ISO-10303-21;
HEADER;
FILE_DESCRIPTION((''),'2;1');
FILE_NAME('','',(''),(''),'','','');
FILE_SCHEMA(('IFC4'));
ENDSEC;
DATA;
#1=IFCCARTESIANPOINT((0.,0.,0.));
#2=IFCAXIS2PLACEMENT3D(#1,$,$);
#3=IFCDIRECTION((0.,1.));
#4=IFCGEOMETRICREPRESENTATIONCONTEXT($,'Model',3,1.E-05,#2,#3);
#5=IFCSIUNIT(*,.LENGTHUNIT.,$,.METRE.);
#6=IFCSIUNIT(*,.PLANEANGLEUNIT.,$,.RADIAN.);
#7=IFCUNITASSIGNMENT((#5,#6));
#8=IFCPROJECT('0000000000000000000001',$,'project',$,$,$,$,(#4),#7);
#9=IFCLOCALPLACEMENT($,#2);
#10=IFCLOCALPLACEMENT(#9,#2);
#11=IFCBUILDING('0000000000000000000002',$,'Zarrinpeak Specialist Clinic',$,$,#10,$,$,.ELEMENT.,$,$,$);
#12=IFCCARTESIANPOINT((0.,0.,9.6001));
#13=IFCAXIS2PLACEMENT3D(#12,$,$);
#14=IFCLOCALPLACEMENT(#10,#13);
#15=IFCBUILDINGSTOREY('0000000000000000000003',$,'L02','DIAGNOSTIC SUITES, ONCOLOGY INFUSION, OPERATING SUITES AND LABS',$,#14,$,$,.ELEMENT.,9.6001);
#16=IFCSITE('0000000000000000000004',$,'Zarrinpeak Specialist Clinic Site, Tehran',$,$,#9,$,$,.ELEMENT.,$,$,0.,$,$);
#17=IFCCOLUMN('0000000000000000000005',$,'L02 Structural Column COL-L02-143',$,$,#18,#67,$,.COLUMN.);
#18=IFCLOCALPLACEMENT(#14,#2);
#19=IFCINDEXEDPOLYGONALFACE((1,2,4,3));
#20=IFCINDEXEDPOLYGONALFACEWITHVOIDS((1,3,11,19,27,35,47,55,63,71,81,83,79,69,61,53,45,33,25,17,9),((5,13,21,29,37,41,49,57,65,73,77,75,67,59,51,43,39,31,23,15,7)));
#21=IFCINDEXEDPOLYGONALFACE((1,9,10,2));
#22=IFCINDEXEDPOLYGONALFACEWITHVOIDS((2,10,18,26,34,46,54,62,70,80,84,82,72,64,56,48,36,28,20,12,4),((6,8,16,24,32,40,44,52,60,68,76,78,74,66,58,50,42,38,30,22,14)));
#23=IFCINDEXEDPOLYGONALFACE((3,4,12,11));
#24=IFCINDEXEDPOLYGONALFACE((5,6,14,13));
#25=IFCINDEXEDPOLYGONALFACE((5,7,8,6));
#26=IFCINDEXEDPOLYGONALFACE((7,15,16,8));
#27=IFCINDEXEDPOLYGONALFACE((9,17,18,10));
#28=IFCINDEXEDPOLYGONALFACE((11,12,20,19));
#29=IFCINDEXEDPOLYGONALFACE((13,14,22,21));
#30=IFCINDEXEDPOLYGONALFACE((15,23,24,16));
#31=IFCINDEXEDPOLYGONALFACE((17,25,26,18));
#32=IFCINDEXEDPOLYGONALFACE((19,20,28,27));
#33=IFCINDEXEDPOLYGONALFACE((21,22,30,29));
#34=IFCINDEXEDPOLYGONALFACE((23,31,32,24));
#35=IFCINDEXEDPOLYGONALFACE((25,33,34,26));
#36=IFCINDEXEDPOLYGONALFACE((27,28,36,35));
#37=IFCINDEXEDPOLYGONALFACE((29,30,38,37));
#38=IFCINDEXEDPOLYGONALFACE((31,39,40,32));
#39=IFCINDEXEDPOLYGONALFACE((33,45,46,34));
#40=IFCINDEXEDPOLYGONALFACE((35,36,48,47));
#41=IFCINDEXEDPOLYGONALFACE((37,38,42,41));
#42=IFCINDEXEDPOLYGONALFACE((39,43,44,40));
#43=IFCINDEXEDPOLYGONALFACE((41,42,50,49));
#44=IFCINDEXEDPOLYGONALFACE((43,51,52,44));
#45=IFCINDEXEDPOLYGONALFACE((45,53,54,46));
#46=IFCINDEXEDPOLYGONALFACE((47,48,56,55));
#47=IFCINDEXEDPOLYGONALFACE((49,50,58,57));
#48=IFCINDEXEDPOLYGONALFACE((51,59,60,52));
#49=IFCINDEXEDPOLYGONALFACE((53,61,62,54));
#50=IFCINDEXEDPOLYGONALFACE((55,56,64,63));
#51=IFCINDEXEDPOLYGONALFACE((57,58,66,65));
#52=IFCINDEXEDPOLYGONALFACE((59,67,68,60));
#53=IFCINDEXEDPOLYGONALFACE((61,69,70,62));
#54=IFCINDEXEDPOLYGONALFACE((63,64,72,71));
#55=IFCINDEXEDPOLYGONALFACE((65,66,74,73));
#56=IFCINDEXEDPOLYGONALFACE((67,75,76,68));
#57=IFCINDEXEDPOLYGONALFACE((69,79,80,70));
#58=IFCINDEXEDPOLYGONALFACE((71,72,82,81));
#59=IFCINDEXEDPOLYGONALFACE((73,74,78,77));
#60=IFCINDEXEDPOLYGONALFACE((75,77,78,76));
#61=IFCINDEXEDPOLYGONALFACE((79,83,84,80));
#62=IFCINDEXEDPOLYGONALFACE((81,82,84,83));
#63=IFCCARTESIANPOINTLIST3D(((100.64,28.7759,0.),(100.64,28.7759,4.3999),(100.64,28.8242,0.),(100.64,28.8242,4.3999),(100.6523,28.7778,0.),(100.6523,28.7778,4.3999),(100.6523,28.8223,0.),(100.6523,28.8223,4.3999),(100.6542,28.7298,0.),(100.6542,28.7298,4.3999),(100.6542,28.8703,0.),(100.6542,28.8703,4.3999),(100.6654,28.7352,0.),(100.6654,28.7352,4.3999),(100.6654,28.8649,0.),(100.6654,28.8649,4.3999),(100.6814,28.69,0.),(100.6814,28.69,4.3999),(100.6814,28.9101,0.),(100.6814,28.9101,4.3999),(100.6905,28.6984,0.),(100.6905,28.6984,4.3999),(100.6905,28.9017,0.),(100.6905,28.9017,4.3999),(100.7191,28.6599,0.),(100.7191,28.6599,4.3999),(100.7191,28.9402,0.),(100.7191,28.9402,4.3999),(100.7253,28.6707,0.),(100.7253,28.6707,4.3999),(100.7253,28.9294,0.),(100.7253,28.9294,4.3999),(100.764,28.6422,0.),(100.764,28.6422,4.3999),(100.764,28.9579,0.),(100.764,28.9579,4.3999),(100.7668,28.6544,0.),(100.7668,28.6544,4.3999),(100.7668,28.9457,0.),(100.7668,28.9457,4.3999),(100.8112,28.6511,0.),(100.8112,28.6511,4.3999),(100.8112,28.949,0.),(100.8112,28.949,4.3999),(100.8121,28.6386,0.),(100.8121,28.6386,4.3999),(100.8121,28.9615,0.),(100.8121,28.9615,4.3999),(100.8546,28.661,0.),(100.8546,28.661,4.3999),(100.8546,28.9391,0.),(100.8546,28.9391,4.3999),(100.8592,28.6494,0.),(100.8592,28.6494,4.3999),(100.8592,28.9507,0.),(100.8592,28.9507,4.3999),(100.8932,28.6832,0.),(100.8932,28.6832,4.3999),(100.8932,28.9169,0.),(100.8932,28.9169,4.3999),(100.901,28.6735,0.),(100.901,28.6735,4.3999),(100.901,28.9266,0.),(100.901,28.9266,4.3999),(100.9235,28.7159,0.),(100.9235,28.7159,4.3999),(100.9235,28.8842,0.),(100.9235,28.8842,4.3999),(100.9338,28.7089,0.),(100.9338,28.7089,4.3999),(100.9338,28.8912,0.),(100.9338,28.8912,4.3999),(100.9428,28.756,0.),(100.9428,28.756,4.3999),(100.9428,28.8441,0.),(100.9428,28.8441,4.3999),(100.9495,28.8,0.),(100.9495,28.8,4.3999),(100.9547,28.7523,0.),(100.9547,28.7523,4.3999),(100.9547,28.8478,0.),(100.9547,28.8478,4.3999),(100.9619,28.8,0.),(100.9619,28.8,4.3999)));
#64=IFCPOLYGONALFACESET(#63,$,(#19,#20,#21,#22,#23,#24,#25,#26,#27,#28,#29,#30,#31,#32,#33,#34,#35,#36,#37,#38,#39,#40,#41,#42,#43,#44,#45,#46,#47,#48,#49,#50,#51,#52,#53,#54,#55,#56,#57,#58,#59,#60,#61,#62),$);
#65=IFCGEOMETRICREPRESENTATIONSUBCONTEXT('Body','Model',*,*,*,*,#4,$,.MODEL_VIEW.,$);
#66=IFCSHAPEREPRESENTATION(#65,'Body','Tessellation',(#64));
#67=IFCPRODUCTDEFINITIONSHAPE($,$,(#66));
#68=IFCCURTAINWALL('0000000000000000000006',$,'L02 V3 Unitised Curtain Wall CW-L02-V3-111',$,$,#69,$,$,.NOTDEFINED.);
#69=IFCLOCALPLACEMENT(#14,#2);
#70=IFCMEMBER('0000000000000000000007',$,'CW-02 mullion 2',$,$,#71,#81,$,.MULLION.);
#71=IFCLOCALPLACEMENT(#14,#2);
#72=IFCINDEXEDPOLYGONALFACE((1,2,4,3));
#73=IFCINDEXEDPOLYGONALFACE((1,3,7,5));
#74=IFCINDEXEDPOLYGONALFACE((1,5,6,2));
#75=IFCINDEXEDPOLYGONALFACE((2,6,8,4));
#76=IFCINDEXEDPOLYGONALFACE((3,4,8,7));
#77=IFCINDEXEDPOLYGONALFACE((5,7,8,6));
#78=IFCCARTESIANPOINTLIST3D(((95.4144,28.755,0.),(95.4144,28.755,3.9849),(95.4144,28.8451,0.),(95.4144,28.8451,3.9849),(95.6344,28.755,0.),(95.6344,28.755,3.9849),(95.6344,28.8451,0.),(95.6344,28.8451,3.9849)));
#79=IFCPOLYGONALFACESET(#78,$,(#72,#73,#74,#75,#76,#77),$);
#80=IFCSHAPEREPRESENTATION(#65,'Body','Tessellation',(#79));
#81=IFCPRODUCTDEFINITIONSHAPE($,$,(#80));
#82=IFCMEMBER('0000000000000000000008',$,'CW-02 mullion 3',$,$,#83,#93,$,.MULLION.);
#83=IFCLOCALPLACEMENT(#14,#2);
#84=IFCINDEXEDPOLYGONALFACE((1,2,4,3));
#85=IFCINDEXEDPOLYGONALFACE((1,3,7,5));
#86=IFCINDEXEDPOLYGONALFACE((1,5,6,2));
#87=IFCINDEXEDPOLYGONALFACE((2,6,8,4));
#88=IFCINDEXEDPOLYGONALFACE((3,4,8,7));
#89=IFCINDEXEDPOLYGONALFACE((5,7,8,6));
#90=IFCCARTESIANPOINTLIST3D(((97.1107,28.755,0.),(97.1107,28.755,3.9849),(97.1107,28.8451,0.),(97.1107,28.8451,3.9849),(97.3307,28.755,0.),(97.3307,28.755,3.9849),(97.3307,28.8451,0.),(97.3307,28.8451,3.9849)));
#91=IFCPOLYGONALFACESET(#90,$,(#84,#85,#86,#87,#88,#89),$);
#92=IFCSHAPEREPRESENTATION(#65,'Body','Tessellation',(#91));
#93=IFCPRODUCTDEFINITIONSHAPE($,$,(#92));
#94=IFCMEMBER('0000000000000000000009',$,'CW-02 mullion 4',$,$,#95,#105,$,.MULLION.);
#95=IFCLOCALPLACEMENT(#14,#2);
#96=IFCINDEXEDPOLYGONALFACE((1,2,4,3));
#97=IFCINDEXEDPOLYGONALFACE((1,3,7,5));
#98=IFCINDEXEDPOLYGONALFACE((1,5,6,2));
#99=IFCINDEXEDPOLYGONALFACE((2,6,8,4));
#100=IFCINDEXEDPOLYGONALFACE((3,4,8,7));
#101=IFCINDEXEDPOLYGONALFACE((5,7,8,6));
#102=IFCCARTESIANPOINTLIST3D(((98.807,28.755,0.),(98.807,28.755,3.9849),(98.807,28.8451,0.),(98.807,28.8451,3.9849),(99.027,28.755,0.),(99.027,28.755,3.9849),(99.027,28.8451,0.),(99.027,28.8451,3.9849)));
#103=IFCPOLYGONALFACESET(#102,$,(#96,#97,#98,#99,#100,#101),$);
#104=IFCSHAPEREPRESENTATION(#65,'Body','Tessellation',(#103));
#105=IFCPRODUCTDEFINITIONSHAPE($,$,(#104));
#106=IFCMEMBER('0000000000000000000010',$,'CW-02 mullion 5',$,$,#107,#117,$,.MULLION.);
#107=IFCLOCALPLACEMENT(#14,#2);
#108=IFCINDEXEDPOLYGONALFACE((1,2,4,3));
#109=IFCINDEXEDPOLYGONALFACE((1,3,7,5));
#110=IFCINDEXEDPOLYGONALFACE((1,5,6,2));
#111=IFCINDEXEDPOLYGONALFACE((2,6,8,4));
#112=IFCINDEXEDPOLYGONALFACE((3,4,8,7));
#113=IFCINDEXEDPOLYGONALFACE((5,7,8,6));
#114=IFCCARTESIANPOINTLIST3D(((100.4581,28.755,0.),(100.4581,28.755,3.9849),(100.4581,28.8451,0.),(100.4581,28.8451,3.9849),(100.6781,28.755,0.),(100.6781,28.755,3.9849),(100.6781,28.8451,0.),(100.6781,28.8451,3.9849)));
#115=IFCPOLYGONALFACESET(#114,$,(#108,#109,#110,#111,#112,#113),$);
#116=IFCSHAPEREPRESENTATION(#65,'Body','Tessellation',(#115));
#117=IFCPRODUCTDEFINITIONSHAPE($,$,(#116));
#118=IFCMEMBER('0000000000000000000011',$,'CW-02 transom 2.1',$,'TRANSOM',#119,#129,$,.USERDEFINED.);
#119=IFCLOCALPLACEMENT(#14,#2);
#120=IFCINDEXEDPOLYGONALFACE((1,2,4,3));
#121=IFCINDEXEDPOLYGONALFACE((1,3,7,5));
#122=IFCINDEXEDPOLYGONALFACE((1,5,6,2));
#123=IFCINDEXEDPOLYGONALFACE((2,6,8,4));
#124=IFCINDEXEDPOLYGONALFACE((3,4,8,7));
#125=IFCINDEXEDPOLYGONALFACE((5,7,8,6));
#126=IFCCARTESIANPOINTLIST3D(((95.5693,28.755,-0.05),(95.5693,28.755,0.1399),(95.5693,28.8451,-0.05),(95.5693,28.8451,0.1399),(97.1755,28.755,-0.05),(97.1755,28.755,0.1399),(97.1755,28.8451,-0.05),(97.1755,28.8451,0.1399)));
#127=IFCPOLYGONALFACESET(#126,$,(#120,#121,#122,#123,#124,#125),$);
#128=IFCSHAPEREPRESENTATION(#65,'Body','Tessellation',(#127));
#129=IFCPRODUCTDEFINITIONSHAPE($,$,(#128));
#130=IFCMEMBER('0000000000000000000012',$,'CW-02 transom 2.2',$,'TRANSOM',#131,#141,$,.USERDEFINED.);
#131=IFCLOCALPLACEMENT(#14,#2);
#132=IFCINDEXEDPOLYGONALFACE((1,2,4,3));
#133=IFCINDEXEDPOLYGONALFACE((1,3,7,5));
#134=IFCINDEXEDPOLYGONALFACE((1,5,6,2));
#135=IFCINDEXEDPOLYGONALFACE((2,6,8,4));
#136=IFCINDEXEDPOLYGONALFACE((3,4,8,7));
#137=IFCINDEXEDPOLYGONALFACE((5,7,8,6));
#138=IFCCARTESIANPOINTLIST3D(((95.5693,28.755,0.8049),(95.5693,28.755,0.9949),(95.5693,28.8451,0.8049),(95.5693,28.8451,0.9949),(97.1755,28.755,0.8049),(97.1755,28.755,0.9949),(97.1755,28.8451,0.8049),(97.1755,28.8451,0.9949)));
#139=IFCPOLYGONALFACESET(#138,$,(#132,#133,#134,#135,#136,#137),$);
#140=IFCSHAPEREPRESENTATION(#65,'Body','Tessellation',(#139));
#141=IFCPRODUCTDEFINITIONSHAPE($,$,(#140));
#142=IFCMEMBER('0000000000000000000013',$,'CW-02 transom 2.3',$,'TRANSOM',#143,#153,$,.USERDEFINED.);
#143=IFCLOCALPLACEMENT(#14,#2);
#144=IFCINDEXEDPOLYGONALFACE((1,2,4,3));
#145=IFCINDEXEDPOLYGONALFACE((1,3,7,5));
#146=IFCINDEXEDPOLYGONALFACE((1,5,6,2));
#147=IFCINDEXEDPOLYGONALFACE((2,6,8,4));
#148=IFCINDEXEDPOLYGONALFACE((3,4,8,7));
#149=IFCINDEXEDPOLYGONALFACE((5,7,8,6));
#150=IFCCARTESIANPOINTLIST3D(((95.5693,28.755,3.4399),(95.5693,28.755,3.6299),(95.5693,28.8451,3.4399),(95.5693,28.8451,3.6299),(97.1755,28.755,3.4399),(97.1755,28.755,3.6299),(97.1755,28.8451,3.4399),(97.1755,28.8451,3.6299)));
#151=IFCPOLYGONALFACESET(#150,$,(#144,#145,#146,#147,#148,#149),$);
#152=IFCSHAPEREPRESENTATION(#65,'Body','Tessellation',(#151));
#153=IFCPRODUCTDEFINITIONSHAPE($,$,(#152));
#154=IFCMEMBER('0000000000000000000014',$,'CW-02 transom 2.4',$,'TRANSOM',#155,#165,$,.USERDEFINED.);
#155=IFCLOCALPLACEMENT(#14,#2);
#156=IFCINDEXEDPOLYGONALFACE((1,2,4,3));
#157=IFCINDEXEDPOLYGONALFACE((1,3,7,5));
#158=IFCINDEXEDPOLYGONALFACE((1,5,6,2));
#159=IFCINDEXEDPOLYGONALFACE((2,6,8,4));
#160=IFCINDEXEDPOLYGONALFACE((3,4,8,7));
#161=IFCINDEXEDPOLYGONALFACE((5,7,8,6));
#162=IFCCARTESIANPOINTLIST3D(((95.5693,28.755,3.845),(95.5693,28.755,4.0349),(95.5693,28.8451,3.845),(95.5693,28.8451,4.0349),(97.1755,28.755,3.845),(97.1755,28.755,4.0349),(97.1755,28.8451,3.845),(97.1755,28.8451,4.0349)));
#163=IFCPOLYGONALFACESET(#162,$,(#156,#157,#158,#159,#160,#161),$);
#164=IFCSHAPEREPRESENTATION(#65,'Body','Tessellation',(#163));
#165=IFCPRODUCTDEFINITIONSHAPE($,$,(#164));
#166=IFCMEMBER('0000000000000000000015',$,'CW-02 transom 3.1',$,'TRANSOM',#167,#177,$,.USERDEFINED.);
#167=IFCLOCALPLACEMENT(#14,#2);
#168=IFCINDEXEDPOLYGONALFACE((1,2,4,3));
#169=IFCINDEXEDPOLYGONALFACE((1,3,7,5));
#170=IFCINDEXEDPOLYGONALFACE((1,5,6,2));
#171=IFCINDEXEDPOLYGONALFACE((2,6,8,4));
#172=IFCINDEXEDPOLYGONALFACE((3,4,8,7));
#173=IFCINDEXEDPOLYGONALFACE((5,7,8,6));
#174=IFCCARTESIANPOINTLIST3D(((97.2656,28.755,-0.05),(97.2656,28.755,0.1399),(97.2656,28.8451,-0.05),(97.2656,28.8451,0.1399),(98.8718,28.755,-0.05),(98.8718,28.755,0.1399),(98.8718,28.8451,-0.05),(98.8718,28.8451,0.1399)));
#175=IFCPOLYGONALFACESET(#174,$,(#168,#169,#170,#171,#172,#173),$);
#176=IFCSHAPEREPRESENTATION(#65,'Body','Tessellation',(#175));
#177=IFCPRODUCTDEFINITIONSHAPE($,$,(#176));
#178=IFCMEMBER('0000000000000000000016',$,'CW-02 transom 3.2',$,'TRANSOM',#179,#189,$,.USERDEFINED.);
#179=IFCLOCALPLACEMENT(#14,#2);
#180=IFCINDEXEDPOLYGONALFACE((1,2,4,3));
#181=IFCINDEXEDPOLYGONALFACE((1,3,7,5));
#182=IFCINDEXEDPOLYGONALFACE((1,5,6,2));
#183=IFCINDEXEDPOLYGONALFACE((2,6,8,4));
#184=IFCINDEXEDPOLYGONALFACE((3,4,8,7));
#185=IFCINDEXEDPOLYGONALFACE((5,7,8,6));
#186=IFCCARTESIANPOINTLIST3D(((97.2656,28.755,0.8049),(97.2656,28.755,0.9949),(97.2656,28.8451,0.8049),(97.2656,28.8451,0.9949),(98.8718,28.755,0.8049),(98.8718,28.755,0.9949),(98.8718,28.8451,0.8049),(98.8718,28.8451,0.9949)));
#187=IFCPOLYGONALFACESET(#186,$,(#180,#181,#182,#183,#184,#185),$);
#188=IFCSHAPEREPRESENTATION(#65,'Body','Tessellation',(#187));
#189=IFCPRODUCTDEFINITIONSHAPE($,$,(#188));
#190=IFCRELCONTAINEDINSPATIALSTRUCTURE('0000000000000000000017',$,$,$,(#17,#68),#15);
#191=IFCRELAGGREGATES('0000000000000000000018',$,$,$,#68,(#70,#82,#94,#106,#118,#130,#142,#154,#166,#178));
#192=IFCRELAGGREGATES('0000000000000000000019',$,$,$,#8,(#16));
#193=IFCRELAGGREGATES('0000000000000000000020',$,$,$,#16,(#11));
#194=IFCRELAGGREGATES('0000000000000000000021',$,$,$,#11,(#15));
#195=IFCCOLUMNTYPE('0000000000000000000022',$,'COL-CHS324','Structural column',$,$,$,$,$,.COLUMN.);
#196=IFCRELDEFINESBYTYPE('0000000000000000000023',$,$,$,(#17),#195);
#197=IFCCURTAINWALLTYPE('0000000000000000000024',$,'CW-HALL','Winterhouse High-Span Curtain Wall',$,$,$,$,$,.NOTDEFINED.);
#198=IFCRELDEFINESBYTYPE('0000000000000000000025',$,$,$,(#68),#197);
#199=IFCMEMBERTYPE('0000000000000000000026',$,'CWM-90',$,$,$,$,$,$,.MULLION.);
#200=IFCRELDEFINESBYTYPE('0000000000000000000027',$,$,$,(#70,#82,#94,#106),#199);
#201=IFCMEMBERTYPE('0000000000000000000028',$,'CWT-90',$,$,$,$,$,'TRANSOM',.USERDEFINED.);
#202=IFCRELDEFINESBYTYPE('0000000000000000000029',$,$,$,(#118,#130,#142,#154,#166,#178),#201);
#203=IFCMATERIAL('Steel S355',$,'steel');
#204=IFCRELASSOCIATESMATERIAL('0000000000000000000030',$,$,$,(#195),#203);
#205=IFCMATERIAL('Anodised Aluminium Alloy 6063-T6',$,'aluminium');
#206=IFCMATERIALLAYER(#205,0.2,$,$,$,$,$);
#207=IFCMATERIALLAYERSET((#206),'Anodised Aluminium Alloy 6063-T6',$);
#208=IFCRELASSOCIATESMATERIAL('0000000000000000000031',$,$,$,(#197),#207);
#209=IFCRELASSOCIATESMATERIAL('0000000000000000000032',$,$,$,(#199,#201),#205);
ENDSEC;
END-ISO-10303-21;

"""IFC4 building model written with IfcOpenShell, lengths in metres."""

from ifc_helpers import new_model, si_unit, direction, frame, origin, origin_2d, place, context, subcontext, project, spatial, rectangle, hollow_circle, extrude, material, layer, layer_set, material_profile, profile_set, type_object, element, aggregate, save


model = new_model("IFC4")

# Units and contexts
model_context = context("Model", 3, precision=1e-05, world=origin(), true_north=direction((0.0, 1.0)))
body_context = subcontext(model_context, "Body", "Model", "MODEL_VIEW")
ifc_project = project(units=[si_unit("LENGTHUNIT", "METRE"), si_unit("PLANEANGLEUNIT", "RADIAN")], contexts=[model_context])

# Site, building, storey
site_placement = place(None, origin())
site = spatial("IfcSite", under=ifc_project, at=site_placement, Name="Zarrinpeak Specialist Clinic Site, Tehran", CompositionType="ELEMENT", RefElevation=0.0)
building_placement = place(site_placement, origin())
building = spatial("IfcBuilding", under=site, at=building_placement, Name="Zarrinpeak Specialist Clinic", CompositionType="ELEMENT")
storey_placement = place(building_placement, frame((0.0, 0.0, 9.6001)))
storey = spatial("IfcBuildingStorey", under=building, at=storey_placement, Name="L02", Description="DIAGNOSTIC SUITES, ONCOLOGY INFUSION, OPERATING SUITES AND LABS", CompositionType="ELEMENT", Elevation=9.6001)

# Column
ifc_material_1 = material(Name="Steel S355", Category="steel")
ifc_material_profile_1 = material_profile(ifc_material_1, hollow_circle(Radius=0.1619, WallThickness=0.0125, at=origin_2d()), Name="CHS 323.9x12.5")
ifc_profile_set_1 = profile_set([ifc_material_profile_1], Name="Steel S355")
column_type = type_object("IfcColumnType", Name="COL-CHS324", Description="Structural column", PredefinedType="COLUMN", material=ifc_profile_set_1)
column_placement = place(storey_placement, frame((100.8, 28.8, 0.0), z_axis=(0.0, 0.0, 1.0), x_axis=(1.0, 0.0, 0.0)))
element("IfcColumn", 1, at=column_placement, inside=storey, type_object=column_type, Name="L02 Structural Column COL-L02-143", PredefinedType="COLUMN", context=body_context, shape_type="SweptSolid", body=[
    extrude(hollow_circle(Radius=0.1619, WallThickness=0.0125, at=origin_2d()), origin(), (0.0, 0.0, 1.0), 4.3999),
])

# Curtain wall, members
ifc_material_2 = material(Name="Anodised Aluminium Alloy 6063-T6", Category="aluminium")
ifc_layer_1 = layer(ifc_material_2, 0.2)
ifc_layer_set_1 = layer_set([ifc_layer_1], Name="Anodised Aluminium Alloy 6063-T6")
curtain_wall_type = type_object("IfcCurtainWallType", Name="CW-HALL", Description="Winterhouse High-Span Curtain Wall", PredefinedType="NOTDEFINED", material=ifc_layer_set_1)
curtain_wall_placement = place(storey_placement, origin())
curtain_wall = element("IfcCurtainWall", 2, at=curtain_wall_placement, inside=storey, type_object=curtain_wall_type, Name="L02 V3 Unitised Curtain Wall CW-L02-V3-111", PredefinedType="NOTDEFINED")
ifc_material_profile_2 = material_profile(ifc_material_2, rectangle(XDim=0.0901, YDim=0.22, at=origin_2d()), Name="ALU 90x220")
ifc_profile_set_2 = profile_set([ifc_material_profile_2], Name="Anodised Aluminium Alloy 6063-T6")
member_type_1 = type_object("IfcMemberType", Name="CWM-90", PredefinedType="MULLION", material=ifc_profile_set_2)
member_1_placement = place(storey_placement, frame((95.5244, 28.8, 0.0), z_axis=(0.0, 0.0, 1.0), x_axis=(0.0, 1.0, 0.0)))
member_1 = element("IfcMember", 3, at=member_1_placement, type_object=member_type_1, Name="CW-02 mullion 2", PredefinedType="MULLION", context=body_context, shape_type="SweptSolid", body=[
    extrude(rectangle(XDim=0.0901, YDim=0.22, at=origin_2d()), origin(), (0.0, 0.0, 1.0), 3.9849),
])
member_2_placement = place(storey_placement, frame((97.2207, 28.8, 0.0), z_axis=(0.0, 0.0, 1.0), x_axis=(0.0, 1.0, 0.0)))
member_2 = element("IfcMember", 4, at=member_2_placement, type_object=member_type_1, Name="CW-02 mullion 3", PredefinedType="MULLION", context=body_context, shape_type="SweptSolid", body=[
    extrude(rectangle(XDim=0.0901, YDim=0.22, at=origin_2d()), origin(), (0.0, 0.0, 1.0), 3.9849),
])
member_3_placement = place(storey_placement, frame((98.917, 28.8, 0.0), z_axis=(0.0, 0.0, 1.0), x_axis=(0.0, 1.0, 0.0)))
member_3 = element("IfcMember", 5, at=member_3_placement, type_object=member_type_1, Name="CW-02 mullion 4", PredefinedType="MULLION", context=body_context, shape_type="SweptSolid", body=[
    extrude(rectangle(XDim=0.0901, YDim=0.22, at=origin_2d()), origin(), (0.0, 0.0, 1.0), 3.9849),
])
member_4_placement = place(storey_placement, frame((100.5681, 28.8, 0.0), z_axis=(0.0, 0.0, 1.0), x_axis=(0.0, 1.0, 0.0)))
member_4 = element("IfcMember", 6, at=member_4_placement, type_object=member_type_1, Name="CW-02 mullion 5", PredefinedType="MULLION", context=body_context, shape_type="SweptSolid", body=[
    extrude(rectangle(XDim=0.0901, YDim=0.22, at=origin_2d()), origin(), (0.0, 0.0, 1.0), 3.9849),
])
ifc_material_profile_3 = material_profile(ifc_material_2, rectangle(XDim=0.0901, YDim=0.1899, at=origin_2d()), Name="ALU 90x190")
ifc_profile_set_3 = profile_set([ifc_material_profile_3], Name="Anodised Aluminium Alloy 6063-T6")
member_type_2 = type_object("IfcMemberType", Name="CWT-90", ElementType="TRANSOM", PredefinedType="USERDEFINED", material=ifc_profile_set_3)
member_5_placement = place(storey_placement, frame((95.5693, 28.8, 0.0449), z_axis=(1.0, 0.0, 0.0), x_axis=(0.0, 1.0, 0.0)))
member_5 = element("IfcMember", 7, at=member_5_placement, type_object=member_type_2, Name="CW-02 transom 2.1", ObjectType="TRANSOM", PredefinedType="USERDEFINED", context=body_context, shape_type="SweptSolid", body=[
    extrude(rectangle(XDim=0.0901, YDim=0.1899, at=origin_2d()), origin(), (0.0, 0.0, 1.0), 1.6062),
])
member_6_placement = place(storey_placement, frame((95.5693, 28.8, 0.8999), z_axis=(1.0, 0.0, 0.0), x_axis=(0.0, 1.0, 0.0)))
member_6 = element("IfcMember", 8, at=member_6_placement, type_object=member_type_2, Name="CW-02 transom 2.2", ObjectType="TRANSOM", PredefinedType="USERDEFINED", context=body_context, shape_type="SweptSolid", body=[
    extrude(rectangle(XDim=0.0901, YDim=0.1899, at=origin_2d()), origin(), (0.0, 0.0, 1.0), 1.6062),
])
member_7_placement = place(storey_placement, frame((95.5693, 28.8, 3.5349), z_axis=(1.0, 0.0, 0.0), x_axis=(0.0, 1.0, 0.0)))
member_7 = element("IfcMember", 9, at=member_7_placement, type_object=member_type_2, Name="CW-02 transom 2.3", ObjectType="TRANSOM", PredefinedType="USERDEFINED", context=body_context, shape_type="SweptSolid", body=[
    extrude(rectangle(XDim=0.0901, YDim=0.1899, at=origin_2d()), origin(), (0.0, 0.0, 1.0), 1.6062),
])
member_8_placement = place(storey_placement, frame((95.5693, 28.8, 3.9399), z_axis=(1.0, 0.0, 0.0), x_axis=(0.0, 1.0, 0.0)))
member_8 = element("IfcMember", 10, at=member_8_placement, type_object=member_type_2, Name="CW-02 transom 2.4", ObjectType="TRANSOM", PredefinedType="USERDEFINED", context=body_context, shape_type="SweptSolid", body=[
    extrude(rectangle(XDim=0.0901, YDim=0.1899, at=origin_2d()), origin(), (0.0, 0.0, 1.0), 1.6062),
])
member_9_placement = place(storey_placement, frame((97.2656, 28.8, 0.0449), z_axis=(1.0, 0.0, 0.0), x_axis=(0.0, 1.0, 0.0)))
member_9 = element("IfcMember", 11, at=member_9_placement, type_object=member_type_2, Name="CW-02 transom 3.1", ObjectType="TRANSOM", PredefinedType="USERDEFINED", context=body_context, shape_type="SweptSolid", body=[
    extrude(rectangle(XDim=0.0901, YDim=0.1899, at=origin_2d()), origin(), (0.0, 0.0, 1.0), 1.6062),
])
member_10_placement = place(storey_placement, frame((97.2656, 28.8, 0.8999), z_axis=(1.0, 0.0, 0.0), x_axis=(0.0, 1.0, 0.0)))
member_10 = element("IfcMember", 12, at=member_10_placement, type_object=member_type_2, Name="CW-02 transom 3.2", ObjectType="TRANSOM", PredefinedType="USERDEFINED", context=body_context, shape_type="SweptSolid", body=[
    extrude(rectangle(XDim=0.0901, YDim=0.1899, at=origin_2d()), origin(), (0.0, 0.0, 1.0), 1.6062),
])
aggregate(curtain_wall, [member_1, member_2, member_3, member_4, member_5, member_6, member_7, member_8, member_9, member_10])

save(model, "model.ifc")
